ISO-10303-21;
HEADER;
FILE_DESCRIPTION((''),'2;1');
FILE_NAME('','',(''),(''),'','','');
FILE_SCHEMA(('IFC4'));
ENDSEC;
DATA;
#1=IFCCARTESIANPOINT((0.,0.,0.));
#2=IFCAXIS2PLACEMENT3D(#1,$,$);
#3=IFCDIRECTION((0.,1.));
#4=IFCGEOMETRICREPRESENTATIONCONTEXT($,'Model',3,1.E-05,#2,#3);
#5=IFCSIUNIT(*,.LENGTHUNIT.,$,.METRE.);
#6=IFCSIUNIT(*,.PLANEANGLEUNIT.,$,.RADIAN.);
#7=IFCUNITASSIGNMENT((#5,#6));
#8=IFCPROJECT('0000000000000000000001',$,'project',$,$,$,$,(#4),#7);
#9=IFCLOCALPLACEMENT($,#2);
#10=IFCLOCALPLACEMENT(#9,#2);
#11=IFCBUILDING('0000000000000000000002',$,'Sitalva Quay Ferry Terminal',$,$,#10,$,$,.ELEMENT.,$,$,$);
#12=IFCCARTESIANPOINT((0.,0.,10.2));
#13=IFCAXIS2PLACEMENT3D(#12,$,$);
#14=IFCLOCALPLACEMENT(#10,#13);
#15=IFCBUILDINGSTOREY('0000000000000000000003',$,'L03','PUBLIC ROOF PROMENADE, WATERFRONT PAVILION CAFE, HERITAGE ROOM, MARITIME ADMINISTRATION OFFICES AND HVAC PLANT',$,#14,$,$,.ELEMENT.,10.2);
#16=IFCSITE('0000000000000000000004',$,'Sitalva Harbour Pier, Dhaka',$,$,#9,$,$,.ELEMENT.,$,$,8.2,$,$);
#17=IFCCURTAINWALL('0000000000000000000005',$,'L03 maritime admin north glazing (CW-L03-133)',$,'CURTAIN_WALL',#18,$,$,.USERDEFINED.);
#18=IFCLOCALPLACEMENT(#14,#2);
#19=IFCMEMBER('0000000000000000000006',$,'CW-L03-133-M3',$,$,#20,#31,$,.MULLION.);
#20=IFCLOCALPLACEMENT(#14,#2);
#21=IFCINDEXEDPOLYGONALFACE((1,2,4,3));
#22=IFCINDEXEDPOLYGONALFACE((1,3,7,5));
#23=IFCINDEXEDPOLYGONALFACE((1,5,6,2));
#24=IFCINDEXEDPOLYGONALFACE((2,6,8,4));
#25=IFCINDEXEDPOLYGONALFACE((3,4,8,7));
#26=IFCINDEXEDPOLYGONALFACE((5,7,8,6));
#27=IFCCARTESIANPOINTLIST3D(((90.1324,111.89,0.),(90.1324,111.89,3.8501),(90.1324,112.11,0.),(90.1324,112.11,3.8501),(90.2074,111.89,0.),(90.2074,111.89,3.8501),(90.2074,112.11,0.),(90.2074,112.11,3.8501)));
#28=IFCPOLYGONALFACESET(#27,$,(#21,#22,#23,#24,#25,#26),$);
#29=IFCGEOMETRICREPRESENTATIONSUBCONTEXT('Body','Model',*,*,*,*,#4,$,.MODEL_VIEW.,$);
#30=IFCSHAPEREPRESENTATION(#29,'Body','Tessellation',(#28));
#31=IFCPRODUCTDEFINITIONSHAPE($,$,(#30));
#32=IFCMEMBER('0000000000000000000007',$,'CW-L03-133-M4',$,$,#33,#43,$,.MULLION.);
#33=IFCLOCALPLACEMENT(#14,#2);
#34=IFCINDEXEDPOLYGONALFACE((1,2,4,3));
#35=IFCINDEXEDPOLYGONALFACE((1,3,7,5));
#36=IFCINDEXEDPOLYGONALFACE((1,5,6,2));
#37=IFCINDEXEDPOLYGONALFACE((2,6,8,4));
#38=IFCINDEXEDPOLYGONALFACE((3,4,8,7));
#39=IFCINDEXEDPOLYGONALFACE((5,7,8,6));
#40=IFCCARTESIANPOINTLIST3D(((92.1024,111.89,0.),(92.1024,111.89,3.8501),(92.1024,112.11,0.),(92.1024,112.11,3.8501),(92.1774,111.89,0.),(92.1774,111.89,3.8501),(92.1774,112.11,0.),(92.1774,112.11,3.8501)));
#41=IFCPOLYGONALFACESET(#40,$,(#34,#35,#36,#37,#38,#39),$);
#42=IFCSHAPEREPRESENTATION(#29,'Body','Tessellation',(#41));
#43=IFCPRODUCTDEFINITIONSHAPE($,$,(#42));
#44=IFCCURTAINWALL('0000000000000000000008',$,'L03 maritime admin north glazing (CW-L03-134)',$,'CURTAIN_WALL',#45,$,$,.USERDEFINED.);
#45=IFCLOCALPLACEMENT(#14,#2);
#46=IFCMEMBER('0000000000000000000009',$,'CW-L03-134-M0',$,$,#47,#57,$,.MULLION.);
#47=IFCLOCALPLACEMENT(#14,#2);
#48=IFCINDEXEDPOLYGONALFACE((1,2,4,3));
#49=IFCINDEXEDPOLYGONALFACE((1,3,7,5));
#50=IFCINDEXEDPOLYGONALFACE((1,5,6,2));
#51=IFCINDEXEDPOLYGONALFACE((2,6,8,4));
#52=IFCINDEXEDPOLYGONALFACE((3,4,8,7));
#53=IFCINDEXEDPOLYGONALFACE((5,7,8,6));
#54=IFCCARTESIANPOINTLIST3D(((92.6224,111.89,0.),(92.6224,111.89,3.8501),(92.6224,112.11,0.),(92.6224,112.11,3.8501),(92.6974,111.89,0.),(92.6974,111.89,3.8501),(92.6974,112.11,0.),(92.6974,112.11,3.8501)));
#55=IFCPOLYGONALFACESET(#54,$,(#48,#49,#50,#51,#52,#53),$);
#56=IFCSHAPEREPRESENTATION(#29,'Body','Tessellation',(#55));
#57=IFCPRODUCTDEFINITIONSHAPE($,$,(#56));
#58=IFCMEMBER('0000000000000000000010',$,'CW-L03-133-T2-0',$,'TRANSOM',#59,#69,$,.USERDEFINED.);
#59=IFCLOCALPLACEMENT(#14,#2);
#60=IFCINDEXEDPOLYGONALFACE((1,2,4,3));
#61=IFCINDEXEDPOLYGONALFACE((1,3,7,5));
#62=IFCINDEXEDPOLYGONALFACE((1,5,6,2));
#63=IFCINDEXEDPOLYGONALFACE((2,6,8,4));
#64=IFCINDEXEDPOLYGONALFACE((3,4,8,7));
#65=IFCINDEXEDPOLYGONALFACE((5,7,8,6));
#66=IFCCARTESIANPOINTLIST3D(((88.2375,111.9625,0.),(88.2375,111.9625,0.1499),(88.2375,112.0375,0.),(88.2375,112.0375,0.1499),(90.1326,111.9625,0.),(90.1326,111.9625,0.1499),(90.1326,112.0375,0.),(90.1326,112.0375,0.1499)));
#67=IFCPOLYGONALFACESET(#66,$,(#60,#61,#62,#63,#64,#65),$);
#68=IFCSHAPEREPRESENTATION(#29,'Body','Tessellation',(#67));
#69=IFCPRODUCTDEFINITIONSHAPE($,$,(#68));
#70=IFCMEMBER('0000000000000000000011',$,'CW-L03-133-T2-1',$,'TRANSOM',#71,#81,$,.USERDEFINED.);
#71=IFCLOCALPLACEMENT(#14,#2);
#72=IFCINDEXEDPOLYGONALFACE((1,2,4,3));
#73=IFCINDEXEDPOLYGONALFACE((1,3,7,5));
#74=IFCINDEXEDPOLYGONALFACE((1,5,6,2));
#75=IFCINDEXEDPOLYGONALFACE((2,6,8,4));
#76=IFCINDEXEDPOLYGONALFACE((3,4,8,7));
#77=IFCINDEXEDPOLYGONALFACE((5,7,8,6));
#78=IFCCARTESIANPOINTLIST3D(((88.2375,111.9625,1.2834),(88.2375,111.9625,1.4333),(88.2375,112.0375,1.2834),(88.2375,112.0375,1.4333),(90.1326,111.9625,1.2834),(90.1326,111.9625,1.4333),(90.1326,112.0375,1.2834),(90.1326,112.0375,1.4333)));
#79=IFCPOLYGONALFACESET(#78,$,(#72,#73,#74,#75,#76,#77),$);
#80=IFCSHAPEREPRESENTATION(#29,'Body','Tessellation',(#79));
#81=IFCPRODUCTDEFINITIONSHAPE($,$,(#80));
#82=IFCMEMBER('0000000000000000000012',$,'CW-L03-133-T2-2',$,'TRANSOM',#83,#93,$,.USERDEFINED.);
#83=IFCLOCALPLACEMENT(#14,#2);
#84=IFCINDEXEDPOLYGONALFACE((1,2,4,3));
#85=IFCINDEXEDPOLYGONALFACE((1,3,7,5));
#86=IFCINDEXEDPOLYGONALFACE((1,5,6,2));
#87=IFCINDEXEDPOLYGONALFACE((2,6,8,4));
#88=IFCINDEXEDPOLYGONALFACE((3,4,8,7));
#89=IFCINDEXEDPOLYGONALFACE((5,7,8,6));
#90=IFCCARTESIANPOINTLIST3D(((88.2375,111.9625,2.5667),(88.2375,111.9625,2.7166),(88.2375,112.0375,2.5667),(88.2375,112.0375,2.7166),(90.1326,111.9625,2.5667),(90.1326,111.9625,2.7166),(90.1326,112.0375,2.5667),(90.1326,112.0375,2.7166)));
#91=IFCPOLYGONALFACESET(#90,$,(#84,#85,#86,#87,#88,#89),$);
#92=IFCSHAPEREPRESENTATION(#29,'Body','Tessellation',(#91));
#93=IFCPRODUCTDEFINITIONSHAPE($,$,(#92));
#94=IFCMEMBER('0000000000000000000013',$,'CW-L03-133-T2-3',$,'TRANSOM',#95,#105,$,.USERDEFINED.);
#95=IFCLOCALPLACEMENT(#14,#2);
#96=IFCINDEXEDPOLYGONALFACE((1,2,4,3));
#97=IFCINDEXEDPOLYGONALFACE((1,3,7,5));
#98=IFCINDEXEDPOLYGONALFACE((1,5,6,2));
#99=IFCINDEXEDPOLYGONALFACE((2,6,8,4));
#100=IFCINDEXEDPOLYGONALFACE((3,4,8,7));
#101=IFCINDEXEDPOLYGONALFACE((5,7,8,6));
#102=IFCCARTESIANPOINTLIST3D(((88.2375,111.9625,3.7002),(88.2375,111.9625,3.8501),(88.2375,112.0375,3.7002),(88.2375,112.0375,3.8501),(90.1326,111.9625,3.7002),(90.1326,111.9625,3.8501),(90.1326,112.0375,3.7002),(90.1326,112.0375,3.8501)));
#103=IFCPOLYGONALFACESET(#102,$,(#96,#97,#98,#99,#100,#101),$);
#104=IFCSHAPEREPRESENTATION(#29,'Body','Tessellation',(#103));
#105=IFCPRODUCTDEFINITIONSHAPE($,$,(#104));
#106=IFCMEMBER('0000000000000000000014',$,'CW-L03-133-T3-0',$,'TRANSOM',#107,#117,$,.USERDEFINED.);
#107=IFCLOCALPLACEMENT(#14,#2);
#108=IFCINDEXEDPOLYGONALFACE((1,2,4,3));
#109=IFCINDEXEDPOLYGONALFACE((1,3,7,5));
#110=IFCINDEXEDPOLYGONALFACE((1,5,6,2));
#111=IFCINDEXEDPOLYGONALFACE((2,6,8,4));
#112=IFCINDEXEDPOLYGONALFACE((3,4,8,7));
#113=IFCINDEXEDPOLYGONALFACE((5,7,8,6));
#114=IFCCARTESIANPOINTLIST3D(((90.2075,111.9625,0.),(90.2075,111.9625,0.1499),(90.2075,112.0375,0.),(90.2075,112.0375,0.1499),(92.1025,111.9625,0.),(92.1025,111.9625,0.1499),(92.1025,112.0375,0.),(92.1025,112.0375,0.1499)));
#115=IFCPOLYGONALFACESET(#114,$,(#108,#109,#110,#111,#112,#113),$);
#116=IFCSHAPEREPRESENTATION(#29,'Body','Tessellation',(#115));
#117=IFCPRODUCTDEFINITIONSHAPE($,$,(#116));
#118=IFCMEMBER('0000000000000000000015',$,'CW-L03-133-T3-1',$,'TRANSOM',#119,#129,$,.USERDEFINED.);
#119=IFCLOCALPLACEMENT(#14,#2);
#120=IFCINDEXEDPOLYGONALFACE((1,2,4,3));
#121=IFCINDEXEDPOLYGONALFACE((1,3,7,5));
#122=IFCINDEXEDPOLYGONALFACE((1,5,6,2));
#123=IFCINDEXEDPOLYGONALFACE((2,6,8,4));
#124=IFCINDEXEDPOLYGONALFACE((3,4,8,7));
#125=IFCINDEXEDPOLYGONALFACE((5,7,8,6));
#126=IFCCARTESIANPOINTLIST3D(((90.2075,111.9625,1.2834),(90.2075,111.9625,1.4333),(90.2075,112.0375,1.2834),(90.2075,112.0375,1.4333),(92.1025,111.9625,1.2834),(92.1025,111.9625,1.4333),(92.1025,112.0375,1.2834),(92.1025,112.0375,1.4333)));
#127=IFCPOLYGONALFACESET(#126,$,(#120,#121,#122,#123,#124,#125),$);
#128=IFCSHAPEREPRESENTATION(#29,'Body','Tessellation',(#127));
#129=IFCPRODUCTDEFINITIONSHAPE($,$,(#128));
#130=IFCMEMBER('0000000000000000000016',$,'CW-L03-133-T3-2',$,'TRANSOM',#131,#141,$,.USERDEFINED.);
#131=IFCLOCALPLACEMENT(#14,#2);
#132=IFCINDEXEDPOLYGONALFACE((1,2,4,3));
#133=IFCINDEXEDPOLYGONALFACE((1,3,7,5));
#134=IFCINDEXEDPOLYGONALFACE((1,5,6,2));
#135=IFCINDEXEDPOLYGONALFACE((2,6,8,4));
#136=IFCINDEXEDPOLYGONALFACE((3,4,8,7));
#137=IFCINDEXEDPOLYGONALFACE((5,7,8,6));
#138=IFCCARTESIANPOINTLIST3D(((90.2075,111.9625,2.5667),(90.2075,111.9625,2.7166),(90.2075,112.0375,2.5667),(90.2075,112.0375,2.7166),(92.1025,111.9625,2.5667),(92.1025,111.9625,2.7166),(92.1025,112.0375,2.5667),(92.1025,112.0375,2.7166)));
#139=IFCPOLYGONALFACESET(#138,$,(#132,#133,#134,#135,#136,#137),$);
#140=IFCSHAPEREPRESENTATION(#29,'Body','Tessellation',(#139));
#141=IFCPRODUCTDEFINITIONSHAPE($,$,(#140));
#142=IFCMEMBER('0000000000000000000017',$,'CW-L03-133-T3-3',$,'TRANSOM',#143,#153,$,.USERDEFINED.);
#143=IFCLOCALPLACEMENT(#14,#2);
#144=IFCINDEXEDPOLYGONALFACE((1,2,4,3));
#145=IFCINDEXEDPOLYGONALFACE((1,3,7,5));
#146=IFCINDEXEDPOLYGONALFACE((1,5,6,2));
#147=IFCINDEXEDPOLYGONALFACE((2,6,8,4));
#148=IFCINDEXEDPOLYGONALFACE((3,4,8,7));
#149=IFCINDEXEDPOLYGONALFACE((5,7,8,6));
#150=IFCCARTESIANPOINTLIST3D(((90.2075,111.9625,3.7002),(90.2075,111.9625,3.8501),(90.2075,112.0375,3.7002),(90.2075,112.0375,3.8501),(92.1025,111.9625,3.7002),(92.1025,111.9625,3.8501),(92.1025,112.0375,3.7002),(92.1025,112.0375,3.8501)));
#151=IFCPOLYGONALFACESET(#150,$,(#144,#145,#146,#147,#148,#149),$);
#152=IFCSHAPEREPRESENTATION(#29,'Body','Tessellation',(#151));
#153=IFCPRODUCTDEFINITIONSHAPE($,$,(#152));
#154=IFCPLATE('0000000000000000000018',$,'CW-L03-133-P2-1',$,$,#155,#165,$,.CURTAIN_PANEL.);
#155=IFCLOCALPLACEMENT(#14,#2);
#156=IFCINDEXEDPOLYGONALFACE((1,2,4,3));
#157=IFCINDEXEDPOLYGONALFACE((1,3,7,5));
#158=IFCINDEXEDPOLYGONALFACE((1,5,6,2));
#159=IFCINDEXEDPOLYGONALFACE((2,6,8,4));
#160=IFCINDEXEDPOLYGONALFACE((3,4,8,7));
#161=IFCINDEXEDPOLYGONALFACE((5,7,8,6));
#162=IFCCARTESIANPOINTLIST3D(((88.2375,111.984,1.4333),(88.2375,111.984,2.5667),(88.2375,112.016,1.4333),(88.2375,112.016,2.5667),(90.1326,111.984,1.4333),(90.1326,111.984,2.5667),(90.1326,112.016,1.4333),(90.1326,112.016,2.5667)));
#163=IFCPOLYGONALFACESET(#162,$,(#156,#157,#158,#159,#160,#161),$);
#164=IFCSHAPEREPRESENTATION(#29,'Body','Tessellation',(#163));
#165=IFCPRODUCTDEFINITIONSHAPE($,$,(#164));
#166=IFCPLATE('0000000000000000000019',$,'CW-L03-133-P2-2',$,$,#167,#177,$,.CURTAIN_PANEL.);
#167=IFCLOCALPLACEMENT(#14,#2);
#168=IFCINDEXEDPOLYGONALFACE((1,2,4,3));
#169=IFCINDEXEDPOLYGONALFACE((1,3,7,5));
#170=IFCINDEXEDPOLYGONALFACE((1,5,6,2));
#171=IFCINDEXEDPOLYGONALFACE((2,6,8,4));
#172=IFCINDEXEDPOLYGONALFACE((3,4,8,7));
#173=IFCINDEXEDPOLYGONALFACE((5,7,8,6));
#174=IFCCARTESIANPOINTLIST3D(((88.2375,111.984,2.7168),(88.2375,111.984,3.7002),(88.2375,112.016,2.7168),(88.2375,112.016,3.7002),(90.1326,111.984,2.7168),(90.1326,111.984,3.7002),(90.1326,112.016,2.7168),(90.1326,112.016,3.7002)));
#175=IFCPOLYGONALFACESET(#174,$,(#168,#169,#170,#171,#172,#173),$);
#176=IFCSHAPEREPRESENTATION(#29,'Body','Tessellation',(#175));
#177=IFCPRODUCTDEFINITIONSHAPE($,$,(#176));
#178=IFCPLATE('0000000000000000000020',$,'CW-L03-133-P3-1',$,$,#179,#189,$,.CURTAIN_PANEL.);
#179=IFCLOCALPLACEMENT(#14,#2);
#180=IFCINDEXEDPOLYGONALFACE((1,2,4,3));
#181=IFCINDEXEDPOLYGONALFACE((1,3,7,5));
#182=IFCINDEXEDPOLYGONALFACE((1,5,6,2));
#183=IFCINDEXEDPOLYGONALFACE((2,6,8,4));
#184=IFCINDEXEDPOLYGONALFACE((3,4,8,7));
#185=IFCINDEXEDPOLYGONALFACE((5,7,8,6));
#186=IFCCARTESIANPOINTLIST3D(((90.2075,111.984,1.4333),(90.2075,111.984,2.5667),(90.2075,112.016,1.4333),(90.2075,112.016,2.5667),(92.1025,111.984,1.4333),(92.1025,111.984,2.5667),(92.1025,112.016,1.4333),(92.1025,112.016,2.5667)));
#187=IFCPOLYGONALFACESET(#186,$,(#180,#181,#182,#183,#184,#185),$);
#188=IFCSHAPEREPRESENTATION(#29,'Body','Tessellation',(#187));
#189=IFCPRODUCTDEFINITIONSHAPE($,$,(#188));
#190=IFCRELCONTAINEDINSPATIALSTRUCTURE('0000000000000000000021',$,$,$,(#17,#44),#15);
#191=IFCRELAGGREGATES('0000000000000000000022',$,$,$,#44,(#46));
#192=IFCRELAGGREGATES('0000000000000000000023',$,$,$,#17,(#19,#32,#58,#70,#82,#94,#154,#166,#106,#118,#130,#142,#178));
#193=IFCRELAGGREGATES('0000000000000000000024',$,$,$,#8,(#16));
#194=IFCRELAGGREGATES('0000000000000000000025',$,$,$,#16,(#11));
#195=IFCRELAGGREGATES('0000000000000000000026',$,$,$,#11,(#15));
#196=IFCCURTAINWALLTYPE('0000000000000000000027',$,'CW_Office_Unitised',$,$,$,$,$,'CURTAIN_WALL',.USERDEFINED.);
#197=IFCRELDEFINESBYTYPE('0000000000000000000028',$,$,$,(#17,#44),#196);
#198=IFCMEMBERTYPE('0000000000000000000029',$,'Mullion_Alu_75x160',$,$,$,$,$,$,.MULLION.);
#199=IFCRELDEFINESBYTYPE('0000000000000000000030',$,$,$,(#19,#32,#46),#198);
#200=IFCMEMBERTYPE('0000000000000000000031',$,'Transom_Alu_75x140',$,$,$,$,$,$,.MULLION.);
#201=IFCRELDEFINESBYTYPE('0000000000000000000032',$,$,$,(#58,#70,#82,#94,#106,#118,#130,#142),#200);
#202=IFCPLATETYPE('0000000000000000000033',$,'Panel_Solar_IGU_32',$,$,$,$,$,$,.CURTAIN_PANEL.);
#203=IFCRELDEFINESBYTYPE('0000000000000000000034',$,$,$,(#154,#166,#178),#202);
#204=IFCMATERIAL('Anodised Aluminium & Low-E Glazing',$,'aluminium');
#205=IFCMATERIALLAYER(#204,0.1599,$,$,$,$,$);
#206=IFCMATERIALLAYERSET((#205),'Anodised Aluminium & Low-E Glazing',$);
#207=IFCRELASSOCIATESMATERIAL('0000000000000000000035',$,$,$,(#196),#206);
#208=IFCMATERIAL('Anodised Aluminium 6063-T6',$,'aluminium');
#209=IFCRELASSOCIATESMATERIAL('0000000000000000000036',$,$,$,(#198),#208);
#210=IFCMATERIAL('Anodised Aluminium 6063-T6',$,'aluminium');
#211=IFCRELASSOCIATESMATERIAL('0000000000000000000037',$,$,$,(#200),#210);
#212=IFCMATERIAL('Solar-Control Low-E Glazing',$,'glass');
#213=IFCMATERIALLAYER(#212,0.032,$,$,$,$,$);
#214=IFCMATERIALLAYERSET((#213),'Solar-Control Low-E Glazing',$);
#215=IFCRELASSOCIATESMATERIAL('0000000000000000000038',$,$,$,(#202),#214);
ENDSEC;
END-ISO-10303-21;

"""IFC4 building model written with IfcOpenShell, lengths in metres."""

from ifc_helpers import new_model, si_unit, direction, frame, origin, origin_2d, place, context, subcontext, project, spatial, rectangle, extrude, material, layer, layer_set, material_profile, profile_set, type_object, element, aggregate, save


model = new_model("IFC4")

# Units and contexts
model_context = context("Model", 3, precision=1e-05, world=origin(), true_north=direction((0.0, 1.0)))
body_context = subcontext(model_context, "Body", "Model", "MODEL_VIEW")
ifc_project = project(units=[si_unit("LENGTHUNIT", "METRE"), si_unit("PLANEANGLEUNIT", "RADIAN")], contexts=[model_context])

# Site, building, storey
site_placement = place(None, origin())
site = spatial("IfcSite", under=ifc_project, at=site_placement, Name="Sitalva Harbour Pier, Dhaka", CompositionType="ELEMENT", RefElevation=8.2)
building_placement = place(site_placement, origin())
building = spatial("IfcBuilding", under=site, at=building_placement, Name="Sitalva Quay Ferry Terminal", CompositionType="ELEMENT")
storey_placement = place(building_placement, frame((0.0, 0.0, 10.2)))
storey = spatial("IfcBuildingStorey", under=building, at=storey_placement, Name="L03", Description="PUBLIC ROOF PROMENADE, WATERFRONT PAVILION CAFE, HERITAGE ROOM, MARITIME ADMINISTRATION OFFICES AND HVAC PLANT", CompositionType="ELEMENT", Elevation=10.2)

# Curtain wall, members
ifc_material_1 = material(Name="Anodised Aluminium & Low-E Glazing", Category="aluminium")
ifc_layer_1 = layer(ifc_material_1, 0.1599)
ifc_layer_set_1 = layer_set([ifc_layer_1], Name="Anodised Aluminium & Low-E Glazing")
curtain_wall_type = type_object("IfcCurtainWallType", Name="CW_Office_Unitised", ElementType="CURTAIN_WALL", PredefinedType="USERDEFINED", material=ifc_layer_set_1)
curtain_wall_1_placement = place(storey_placement, origin())
curtain_wall_1 = element("IfcCurtainWall", 1, at=curtain_wall_1_placement, inside=storey, type_object=curtain_wall_type, Name="L03 maritime admin north glazing (CW-L03-133)", ObjectType="CURTAIN_WALL", PredefinedType="USERDEFINED")
ifc_material_2 = material(Name="Anodised Aluminium 6063-T6", Category="aluminium")
ifc_material_profile_1 = material_profile(ifc_material_2, rectangle(XDim=0.075, YDim=0.22, at=origin_2d()), Name="ALU75x220")
ifc_profile_set_1 = profile_set([ifc_material_profile_1], Name="Anodised Aluminium 6063-T6")
member_type_1 = type_object("IfcMemberType", Name="Mullion_Alu_75x160", PredefinedType="MULLION", material=ifc_profile_set_1)
member_1_placement = place(storey_placement, frame((90.1699, 112.0, 0.0), z_axis=(0.0, 0.0, 1.0), x_axis=(1.0, 0.0, 0.0)))
member_1 = element("IfcMember", 2, at=member_1_placement, type_object=member_type_1, Name="CW-L03-133-M3", PredefinedType="MULLION", context=body_context, shape_type="SweptSolid", body=[
    extrude(rectangle(XDim=0.075, YDim=0.22, at=origin_2d()), origin(), (0.0, 0.0, 1.0), 3.8501),
])
member_2_placement = place(storey_placement, frame((92.1399, 112.0, 0.0), z_axis=(0.0, 0.0, 1.0), x_axis=(1.0, 0.0, 0.0)))
member_2 = element("IfcMember", 3, at=member_2_placement, type_object=member_type_1, Name="CW-L03-133-M4", PredefinedType="MULLION", context=body_context, shape_type="SweptSolid", body=[
    extrude(rectangle(XDim=0.075, YDim=0.22, at=origin_2d()), origin(), (0.0, 0.0, 1.0), 3.8501),
])

# Curtain wall, member
curtain_wall_2_placement = place(storey_placement, origin())
curtain_wall_2 = element("IfcCurtainWall", 4, at=curtain_wall_2_placement, inside=storey, type_object=curtain_wall_type, Name="L03 maritime admin north glazing (CW-L03-134)", ObjectType="CURTAIN_WALL", PredefinedType="USERDEFINED")
member_3_placement = place(storey_placement, frame((92.6599, 112.0, 0.0), z_axis=(0.0, 0.0, 1.0), x_axis=(1.0, 0.0, 0.0)))
member_3 = element("IfcMember", 5, at=member_3_placement, type_object=member_type_1, Name="CW-L03-134-M0", PredefinedType="MULLION", context=body_context, shape_type="SweptSolid", body=[
    extrude(rectangle(XDim=0.075, YDim=0.22, at=origin_2d()), origin(), (0.0, 0.0, 1.0), 3.8501),
])
aggregate(curtain_wall_2, [member_3])

# Members
ifc_material_3 = material(Name="Anodised Aluminium 6063-T6", Category="aluminium")
ifc_material_profile_2 = material_profile(ifc_material_3, rectangle(XDim=0.075, YDim=0.1499, at=origin_2d()), Name="ALU75x150")
ifc_profile_set_2 = profile_set([ifc_material_profile_2], Name="Anodised Aluminium 6063-T6")
member_type_2 = type_object("IfcMemberType", Name="Transom_Alu_75x140", PredefinedType="MULLION", material=ifc_profile_set_2)
member_4_placement = place(storey_placement, frame((88.2375, 112.0, 0.075), z_axis=(1.0, 0.0, 0.0), x_axis=(0.0, 1.0, 0.0)))
member_4 = element("IfcMember", 6, at=member_4_placement, type_object=member_type_2, Name="CW-L03-133-T2-0", ObjectType="TRANSOM", PredefinedType="USERDEFINED", context=body_context, shape_type="SweptSolid", body=[
    extrude(rectangle(XDim=0.075, YDim=0.1499, at=origin_2d()), origin(), (0.0, 0.0, 1.0), 1.895),
])
member_5_placement = place(storey_placement, frame((88.2375, 112.0, 1.3584), z_axis=(1.0, 0.0, 0.0), x_axis=(0.0, 1.0, 0.0)))
member_5 = element("IfcMember", 7, at=member_5_placement, type_object=member_type_2, Name="CW-L03-133-T2-1", ObjectType="TRANSOM", PredefinedType="USERDEFINED", context=body_context, shape_type="SweptSolid", body=[
    extrude(rectangle(XDim=0.075, YDim=0.1499, at=origin_2d()), origin(), (0.0, 0.0, 1.0), 1.895),
])
member_6_placement = place(storey_placement, frame((88.2375, 112.0, 2.6416), z_axis=(1.0, 0.0, 0.0), x_axis=(0.0, 1.0, 0.0)))
member_6 = element("IfcMember", 8, at=member_6_placement, type_object=member_type_2, Name="CW-L03-133-T2-2", ObjectType="TRANSOM", PredefinedType="USERDEFINED", context=body_context, shape_type="SweptSolid", body=[
    extrude(rectangle(XDim=0.075, YDim=0.1499, at=origin_2d()), origin(), (0.0, 0.0, 1.0), 1.895),
])
member_7_placement = place(storey_placement, frame((88.2375, 112.0, 3.7751), z_axis=(1.0, 0.0, 0.0), x_axis=(0.0, 1.0, 0.0)))
member_7 = element("IfcMember", 9, at=member_7_placement, type_object=member_type_2, Name="CW-L03-133-T2-3", ObjectType="TRANSOM", PredefinedType="USERDEFINED", context=body_context, shape_type="SweptSolid", body=[
    extrude(rectangle(XDim=0.075, YDim=0.1499, at=origin_2d()), origin(), (0.0, 0.0, 1.0), 1.895),
])
member_8_placement = place(storey_placement, frame((90.2075, 112.0, 0.075), z_axis=(1.0, 0.0, 0.0), x_axis=(0.0, 1.0, 0.0)))
member_8 = element("IfcMember", 10, at=member_8_placement, type_object=member_type_2, Name="CW-L03-133-T3-0", ObjectType="TRANSOM", PredefinedType="USERDEFINED", context=body_context, shape_type="SweptSolid", body=[
    extrude(rectangle(XDim=0.075, YDim=0.1499, at=origin_2d()), origin(), (0.0, 0.0, 1.0), 1.895),
])
member_9_placement = place(storey_placement, frame((90.2075, 112.0, 1.3584), z_axis=(1.0, 0.0, 0.0), x_axis=(0.0, 1.0, 0.0)))
member_9 = element("IfcMember", 11, at=member_9_placement, type_object=member_type_2, Name="CW-L03-133-T3-1", ObjectType="TRANSOM", PredefinedType="USERDEFINED", context=body_context, shape_type="SweptSolid", body=[
    extrude(rectangle(XDim=0.075, YDim=0.1499, at=origin_2d()), origin(), (0.0, 0.0, 1.0), 1.895),
])
member_10_placement = place(storey_placement, frame((90.2075, 112.0, 2.6416), z_axis=(1.0, 0.0, 0.0), x_axis=(0.0, 1.0, 0.0)))
member_10 = element("IfcMember", 12, at=member_10_placement, type_object=member_type_2, Name="CW-L03-133-T3-2", ObjectType="TRANSOM", PredefinedType="USERDEFINED", context=body_context, shape_type="SweptSolid", body=[
    extrude(rectangle(XDim=0.075, YDim=0.1499, at=origin_2d()), origin(), (0.0, 0.0, 1.0), 1.895),
])
member_11_placement = place(storey_placement, frame((90.2075, 112.0, 3.7751), z_axis=(1.0, 0.0, 0.0), x_axis=(0.0, 1.0, 0.0)))
member_11 = element("IfcMember", 13, at=member_11_placement, type_object=member_type_2, Name="CW-L03-133-T3-3", ObjectType="TRANSOM", PredefinedType="USERDEFINED", context=body_context, shape_type="SweptSolid", body=[
    extrude(rectangle(XDim=0.075, YDim=0.1499, at=origin_2d()), origin(), (0.0, 0.0, 1.0), 1.895),
])

# Plates
ifc_material_4 = material(Name="Solar-Control Low-E Glazing", Category="glass")
ifc_layer_2 = layer(ifc_material_4, 0.032)
ifc_layer_set_2 = layer_set([ifc_layer_2], Name="Solar-Control Low-E Glazing")
plate_type_1 = type_object("IfcPlateType", Name="Panel_Solar_IGU_32", PredefinedType="CURTAIN_PANEL", material=ifc_layer_set_2)
plate_1_placement = place(storey_placement, frame((89.1851, 112.0, 1.4333), z_axis=(0.0, 0.0, 1.0), x_axis=(1.0, 0.0, 0.0)))
plate_1 = element("IfcPlate", 14, at=plate_1_placement, type_object=plate_type_1, Name="CW-L03-133-P2-1", PredefinedType="CURTAIN_PANEL", context=body_context, shape_type="SweptSolid", body=[
    extrude(rectangle(XDim=1.895, YDim=0.032, at=origin_2d()), origin(), (0.0, 0.0, 1.0), 1.1333),
])
plate_2_placement = place(storey_placement, frame((89.1851, 112.0, 2.7168), z_axis=(0.0, 0.0, 1.0), x_axis=(1.0, 0.0, 0.0)))
plate_2 = element("IfcPlate", 15, at=plate_2_placement, type_object=plate_type_1, Name="CW-L03-133-P2-2", PredefinedType="CURTAIN_PANEL", context=body_context, shape_type="SweptSolid", body=[
    extrude(rectangle(XDim=1.895, YDim=0.032, at=origin_2d()), origin(), (0.0, 0.0, 1.0), 0.9834),
])
plate_3_placement = place(storey_placement, frame((91.155, 112.0, 1.4333), z_axis=(0.0, 0.0, 1.0), x_axis=(1.0, 0.0, 0.0)))
plate_3 = element("IfcPlate", 16, at=plate_3_placement, type_object=plate_type_1, Name="CW-L03-133-P3-1", PredefinedType="CURTAIN_PANEL", context=body_context, shape_type="SweptSolid", body=[
    extrude(rectangle(XDim=1.895, YDim=0.032, at=origin_2d()), origin(), (0.0, 0.0, 1.0), 1.1333),
])
aggregate(curtain_wall_1, [member_1, member_2, member_4, member_5, member_6, member_7, plate_1, plate_2, member_8, member_9, member_10, member_11, plate_3])

save(model, "model.ifc")
